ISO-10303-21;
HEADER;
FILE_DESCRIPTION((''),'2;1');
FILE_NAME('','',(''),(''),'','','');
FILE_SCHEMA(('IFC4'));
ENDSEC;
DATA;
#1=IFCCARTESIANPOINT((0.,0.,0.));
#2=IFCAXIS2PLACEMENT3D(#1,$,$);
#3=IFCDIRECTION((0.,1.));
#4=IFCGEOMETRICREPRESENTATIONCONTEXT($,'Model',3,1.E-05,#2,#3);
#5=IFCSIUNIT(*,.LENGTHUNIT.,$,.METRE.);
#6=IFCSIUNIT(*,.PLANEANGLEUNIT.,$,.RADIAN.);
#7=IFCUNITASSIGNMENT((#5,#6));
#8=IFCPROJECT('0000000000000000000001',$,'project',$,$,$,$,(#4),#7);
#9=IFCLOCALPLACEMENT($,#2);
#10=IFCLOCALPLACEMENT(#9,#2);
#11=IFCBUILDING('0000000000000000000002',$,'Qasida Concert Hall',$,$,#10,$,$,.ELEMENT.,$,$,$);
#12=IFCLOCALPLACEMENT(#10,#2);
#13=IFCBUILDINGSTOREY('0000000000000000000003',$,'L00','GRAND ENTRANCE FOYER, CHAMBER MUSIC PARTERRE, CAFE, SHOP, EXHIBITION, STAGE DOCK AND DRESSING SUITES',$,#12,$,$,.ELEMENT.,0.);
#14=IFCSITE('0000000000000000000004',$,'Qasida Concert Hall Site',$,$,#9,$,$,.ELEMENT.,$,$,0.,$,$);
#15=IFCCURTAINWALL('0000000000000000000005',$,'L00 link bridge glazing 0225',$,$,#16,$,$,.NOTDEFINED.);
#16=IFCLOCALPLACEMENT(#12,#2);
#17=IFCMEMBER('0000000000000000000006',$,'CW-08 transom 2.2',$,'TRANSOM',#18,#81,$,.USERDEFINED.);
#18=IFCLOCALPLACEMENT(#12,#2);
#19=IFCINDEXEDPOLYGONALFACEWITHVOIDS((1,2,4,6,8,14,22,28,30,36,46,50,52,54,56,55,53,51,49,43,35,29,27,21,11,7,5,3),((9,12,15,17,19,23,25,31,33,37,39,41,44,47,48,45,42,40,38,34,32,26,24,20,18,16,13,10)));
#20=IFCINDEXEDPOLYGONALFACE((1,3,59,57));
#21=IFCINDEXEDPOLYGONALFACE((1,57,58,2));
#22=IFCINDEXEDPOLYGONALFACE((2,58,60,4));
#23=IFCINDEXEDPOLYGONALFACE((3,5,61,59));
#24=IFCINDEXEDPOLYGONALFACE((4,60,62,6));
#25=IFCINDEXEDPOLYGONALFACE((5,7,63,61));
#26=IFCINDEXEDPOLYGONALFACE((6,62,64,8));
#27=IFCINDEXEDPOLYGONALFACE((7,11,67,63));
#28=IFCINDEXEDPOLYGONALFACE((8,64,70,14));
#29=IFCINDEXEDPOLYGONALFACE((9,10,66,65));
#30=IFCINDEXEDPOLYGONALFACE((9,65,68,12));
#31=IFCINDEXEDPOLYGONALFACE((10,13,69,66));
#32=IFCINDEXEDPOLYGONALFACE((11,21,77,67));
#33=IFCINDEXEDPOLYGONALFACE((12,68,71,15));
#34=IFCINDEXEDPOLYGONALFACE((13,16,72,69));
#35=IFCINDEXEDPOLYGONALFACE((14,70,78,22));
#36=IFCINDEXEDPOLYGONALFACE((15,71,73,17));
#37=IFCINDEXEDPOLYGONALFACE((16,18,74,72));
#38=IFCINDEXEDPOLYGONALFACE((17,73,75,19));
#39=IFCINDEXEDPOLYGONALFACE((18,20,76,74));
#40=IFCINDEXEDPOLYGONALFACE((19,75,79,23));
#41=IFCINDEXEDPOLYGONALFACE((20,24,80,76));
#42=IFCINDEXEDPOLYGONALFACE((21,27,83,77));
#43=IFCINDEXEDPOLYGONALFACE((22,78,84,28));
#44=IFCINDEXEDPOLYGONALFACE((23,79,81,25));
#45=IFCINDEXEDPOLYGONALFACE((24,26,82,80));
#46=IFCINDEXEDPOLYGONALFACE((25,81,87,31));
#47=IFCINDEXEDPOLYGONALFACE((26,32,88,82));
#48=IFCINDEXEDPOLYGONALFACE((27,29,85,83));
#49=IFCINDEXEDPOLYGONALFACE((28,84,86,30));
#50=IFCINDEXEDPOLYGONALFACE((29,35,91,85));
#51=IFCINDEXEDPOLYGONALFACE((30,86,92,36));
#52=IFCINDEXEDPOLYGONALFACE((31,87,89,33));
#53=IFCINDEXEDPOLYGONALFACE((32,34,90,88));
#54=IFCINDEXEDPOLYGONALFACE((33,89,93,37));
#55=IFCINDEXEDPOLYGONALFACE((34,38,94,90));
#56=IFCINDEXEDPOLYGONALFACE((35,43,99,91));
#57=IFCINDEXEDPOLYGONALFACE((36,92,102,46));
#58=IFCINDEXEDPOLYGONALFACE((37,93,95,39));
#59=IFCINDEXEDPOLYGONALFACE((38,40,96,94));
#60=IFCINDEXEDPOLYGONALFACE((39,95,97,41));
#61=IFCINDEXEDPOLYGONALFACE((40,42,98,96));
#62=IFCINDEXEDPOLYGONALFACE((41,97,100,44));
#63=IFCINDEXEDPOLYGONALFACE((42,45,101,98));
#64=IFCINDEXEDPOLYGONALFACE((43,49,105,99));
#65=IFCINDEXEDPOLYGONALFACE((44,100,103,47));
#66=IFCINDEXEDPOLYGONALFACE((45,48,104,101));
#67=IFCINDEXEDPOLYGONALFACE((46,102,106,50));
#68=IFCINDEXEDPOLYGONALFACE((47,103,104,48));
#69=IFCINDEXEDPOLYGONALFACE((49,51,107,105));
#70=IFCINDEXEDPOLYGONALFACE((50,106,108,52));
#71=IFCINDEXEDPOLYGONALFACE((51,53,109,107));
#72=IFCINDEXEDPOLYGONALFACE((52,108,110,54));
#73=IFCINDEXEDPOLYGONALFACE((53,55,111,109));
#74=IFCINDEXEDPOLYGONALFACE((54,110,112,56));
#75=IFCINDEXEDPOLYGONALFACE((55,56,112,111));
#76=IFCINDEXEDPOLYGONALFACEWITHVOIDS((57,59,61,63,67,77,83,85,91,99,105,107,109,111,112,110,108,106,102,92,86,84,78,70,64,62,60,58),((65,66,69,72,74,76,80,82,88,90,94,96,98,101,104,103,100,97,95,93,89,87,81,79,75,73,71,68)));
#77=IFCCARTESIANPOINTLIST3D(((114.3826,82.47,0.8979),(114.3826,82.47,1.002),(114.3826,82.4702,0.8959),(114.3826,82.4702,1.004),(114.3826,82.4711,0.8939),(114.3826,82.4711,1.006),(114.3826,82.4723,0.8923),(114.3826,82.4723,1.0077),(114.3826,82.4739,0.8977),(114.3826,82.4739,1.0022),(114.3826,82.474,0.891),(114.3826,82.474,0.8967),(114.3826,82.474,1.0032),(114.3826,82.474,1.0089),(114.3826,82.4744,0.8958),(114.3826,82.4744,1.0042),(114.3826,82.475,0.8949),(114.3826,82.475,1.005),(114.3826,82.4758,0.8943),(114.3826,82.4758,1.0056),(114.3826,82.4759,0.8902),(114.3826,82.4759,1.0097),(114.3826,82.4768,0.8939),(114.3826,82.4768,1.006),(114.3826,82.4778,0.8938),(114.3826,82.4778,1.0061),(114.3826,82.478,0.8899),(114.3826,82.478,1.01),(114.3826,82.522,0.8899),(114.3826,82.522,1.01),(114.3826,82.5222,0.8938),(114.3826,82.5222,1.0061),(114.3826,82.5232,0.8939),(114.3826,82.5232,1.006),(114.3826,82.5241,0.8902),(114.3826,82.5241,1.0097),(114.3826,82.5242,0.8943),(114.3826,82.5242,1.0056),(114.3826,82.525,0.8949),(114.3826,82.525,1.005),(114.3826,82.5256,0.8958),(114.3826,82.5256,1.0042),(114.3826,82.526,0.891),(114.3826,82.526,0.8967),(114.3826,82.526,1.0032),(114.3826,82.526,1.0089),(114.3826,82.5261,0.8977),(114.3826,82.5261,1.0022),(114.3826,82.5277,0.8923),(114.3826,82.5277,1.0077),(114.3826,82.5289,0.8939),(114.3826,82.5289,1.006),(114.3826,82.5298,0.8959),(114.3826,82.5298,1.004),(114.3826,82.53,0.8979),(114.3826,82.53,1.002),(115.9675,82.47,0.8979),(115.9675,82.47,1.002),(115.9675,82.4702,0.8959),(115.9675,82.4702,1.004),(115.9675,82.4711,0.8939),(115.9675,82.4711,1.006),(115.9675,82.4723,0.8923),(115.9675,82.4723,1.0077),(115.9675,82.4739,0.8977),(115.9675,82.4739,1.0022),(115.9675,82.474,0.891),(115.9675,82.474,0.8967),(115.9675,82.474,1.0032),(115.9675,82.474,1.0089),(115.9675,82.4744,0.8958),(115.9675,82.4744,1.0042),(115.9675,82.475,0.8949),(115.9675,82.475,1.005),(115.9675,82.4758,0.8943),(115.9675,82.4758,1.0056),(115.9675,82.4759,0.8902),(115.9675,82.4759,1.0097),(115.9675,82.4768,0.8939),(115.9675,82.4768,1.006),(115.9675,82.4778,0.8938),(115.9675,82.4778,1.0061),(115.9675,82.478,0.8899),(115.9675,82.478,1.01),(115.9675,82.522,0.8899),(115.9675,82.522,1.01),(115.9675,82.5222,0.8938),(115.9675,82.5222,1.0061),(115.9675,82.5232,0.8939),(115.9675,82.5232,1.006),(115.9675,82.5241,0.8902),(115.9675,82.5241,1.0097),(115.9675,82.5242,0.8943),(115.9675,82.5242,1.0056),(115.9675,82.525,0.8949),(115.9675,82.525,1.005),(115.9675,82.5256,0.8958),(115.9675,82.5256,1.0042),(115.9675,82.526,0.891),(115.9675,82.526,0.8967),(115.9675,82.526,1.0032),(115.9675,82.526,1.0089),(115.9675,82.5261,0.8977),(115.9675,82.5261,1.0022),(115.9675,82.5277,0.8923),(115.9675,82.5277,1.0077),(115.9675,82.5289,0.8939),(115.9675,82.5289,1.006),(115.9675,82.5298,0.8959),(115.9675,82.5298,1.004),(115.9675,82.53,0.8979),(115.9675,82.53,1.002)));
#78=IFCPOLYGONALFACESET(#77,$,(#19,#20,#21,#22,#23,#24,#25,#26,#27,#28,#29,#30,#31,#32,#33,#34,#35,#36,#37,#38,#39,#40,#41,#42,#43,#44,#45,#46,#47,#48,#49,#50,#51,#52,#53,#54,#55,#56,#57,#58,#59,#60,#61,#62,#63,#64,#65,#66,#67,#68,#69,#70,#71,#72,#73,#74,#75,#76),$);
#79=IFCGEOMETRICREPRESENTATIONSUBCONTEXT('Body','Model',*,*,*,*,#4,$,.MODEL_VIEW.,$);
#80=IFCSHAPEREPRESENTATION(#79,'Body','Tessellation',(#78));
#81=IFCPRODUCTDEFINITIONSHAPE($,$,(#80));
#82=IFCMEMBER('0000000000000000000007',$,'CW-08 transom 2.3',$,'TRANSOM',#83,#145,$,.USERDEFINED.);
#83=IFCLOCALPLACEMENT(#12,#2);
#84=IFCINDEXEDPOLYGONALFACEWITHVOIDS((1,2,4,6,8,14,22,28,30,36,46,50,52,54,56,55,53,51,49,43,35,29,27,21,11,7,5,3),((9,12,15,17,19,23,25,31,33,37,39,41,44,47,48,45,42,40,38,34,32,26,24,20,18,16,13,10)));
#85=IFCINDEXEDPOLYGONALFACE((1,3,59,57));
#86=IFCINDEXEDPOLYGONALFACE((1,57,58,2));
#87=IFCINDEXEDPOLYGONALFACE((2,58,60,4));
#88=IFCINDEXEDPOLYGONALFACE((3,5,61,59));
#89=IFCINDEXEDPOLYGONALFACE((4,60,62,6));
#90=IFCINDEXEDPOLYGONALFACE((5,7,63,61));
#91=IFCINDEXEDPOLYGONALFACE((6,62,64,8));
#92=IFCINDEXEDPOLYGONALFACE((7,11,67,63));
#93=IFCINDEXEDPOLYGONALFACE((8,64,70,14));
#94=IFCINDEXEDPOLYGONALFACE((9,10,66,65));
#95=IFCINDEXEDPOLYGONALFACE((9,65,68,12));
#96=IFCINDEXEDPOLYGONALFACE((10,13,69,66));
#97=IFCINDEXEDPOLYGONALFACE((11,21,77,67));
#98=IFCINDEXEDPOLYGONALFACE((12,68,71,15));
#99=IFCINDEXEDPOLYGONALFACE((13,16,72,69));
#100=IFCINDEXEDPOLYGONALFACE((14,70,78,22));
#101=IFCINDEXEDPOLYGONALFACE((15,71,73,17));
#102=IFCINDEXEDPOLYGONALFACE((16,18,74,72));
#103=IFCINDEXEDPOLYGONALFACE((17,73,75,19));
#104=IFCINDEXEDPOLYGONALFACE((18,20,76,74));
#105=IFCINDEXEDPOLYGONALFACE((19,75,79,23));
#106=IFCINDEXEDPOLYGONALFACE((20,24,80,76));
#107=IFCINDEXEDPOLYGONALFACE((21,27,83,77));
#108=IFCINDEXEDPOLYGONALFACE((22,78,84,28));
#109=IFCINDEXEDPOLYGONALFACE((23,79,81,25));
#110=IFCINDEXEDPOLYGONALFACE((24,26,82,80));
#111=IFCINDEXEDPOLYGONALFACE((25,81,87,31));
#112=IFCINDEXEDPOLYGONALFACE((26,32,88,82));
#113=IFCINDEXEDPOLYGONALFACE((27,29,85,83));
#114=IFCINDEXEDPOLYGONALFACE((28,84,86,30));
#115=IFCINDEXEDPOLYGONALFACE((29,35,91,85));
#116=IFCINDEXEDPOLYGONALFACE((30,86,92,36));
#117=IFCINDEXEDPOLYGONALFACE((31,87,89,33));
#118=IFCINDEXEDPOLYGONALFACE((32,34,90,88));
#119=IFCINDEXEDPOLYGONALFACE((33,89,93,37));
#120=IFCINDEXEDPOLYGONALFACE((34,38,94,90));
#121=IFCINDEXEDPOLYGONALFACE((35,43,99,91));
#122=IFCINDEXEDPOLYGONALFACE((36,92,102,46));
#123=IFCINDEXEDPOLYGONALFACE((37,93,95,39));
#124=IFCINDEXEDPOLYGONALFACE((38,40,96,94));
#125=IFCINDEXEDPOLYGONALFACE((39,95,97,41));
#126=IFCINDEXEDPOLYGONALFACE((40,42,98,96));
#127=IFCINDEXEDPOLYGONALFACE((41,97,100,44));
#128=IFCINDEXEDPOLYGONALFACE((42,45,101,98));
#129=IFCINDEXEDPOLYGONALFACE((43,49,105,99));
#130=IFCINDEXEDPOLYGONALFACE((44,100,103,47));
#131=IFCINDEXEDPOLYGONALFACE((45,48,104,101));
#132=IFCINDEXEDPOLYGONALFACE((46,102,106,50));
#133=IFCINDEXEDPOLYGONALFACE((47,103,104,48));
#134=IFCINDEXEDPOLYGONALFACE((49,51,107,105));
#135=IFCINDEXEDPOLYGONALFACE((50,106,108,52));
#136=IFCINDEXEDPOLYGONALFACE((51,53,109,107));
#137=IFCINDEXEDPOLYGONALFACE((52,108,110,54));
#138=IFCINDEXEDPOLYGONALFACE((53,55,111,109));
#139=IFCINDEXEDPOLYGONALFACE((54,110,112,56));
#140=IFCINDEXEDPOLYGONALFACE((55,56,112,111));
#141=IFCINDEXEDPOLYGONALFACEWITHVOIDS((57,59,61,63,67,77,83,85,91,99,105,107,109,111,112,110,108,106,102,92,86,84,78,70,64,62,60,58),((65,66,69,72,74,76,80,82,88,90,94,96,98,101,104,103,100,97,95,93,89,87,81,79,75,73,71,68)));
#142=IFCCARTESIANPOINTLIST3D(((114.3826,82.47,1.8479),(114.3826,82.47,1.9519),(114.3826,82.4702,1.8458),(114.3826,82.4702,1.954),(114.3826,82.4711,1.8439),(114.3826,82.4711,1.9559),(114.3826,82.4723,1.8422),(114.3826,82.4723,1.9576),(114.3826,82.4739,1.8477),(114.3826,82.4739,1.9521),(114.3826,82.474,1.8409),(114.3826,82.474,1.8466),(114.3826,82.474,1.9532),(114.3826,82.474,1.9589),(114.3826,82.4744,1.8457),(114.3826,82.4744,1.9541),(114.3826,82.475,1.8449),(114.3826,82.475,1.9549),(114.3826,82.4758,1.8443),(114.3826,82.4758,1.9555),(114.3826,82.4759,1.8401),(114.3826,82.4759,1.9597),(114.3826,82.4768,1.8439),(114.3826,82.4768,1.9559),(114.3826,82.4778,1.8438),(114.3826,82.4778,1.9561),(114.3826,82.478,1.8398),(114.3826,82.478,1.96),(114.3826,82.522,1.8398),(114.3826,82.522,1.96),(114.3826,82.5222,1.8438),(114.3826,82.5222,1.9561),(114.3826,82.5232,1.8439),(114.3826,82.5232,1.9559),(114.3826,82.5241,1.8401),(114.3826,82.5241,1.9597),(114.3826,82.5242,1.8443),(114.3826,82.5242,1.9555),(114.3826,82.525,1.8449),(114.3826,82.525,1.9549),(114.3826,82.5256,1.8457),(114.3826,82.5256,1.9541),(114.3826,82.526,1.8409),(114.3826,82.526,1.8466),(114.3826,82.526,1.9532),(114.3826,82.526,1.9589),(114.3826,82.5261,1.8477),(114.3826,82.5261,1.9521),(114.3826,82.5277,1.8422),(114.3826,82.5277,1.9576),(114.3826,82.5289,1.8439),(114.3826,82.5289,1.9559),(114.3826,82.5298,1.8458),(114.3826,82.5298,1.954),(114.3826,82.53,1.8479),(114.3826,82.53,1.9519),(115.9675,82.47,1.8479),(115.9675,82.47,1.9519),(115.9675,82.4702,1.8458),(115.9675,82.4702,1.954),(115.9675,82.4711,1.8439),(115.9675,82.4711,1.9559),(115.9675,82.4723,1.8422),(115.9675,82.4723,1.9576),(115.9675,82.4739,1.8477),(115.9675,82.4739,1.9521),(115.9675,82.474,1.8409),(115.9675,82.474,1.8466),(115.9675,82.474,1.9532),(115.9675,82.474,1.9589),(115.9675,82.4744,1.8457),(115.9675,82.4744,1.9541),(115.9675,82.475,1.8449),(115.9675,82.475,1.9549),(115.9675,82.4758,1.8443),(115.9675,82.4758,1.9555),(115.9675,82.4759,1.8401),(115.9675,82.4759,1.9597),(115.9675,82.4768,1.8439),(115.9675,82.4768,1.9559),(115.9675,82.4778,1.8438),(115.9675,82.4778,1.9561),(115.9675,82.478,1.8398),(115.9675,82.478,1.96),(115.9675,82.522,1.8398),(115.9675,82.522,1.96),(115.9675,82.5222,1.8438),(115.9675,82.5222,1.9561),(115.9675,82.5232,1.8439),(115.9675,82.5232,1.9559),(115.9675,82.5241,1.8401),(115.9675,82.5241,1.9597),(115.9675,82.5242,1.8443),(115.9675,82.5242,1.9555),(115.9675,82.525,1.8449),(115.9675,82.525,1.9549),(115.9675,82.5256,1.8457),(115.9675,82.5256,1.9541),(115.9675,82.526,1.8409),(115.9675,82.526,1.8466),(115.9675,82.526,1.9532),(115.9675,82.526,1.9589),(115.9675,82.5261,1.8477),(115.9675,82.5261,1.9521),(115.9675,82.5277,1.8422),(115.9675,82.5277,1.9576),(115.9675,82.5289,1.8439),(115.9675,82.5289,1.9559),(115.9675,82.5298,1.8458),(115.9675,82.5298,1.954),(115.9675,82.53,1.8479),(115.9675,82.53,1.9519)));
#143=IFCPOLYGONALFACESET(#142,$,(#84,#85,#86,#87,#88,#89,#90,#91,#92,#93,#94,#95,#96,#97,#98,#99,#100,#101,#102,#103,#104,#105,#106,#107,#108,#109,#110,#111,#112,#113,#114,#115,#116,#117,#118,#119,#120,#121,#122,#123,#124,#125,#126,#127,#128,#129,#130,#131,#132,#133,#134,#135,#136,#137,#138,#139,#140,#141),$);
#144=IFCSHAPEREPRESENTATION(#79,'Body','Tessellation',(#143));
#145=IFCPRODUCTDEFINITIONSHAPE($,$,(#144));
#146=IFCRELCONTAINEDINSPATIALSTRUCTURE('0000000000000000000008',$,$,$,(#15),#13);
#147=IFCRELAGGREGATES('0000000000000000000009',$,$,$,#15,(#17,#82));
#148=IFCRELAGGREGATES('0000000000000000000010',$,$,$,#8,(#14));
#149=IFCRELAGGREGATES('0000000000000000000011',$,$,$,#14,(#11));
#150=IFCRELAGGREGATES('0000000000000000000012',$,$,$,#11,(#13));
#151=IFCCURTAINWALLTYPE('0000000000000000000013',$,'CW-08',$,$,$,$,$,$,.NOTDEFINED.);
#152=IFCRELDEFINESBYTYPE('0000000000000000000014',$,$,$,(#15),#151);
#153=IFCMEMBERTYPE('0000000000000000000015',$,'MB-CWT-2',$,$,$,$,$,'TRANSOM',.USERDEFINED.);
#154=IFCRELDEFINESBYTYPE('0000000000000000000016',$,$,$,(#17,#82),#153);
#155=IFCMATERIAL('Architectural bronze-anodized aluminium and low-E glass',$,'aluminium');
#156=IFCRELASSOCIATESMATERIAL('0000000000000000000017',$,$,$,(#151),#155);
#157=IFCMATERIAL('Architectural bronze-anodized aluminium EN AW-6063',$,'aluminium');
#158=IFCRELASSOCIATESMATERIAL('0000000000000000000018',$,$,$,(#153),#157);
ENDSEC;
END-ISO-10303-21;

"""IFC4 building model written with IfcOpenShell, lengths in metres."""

from ifc_helpers import new_model, si_unit, direction, frame, origin, origin_2d, place, context, subcontext, project, spatial, hollow_rectangle, extrude, material, material_profile, profile_set, type_object, element, aggregate, save


model = new_model("IFC4")

# Units and contexts
model_context = context("Model", 3, precision=1e-05, world=origin(), true_north=direction((0.0, 1.0)))
body_context = subcontext(model_context, "Body", "Model", "MODEL_VIEW")
ifc_project = project(units=[si_unit("LENGTHUNIT", "METRE"), si_unit("PLANEANGLEUNIT", "RADIAN")], contexts=[model_context])

# Site, building, storey
site_placement = place(None, origin())
site = spatial("IfcSite", under=ifc_project, at=site_placement, Name="Qasida Concert Hall Site", CompositionType="ELEMENT", RefElevation=0.0)
building_placement = place(site_placement, origin())
building = spatial("IfcBuilding", under=site, at=building_placement, Name="Qasida Concert Hall", CompositionType="ELEMENT")
storey_placement = place(building_placement, origin())
storey = spatial("IfcBuildingStorey", under=building, at=storey_placement, Name="L00", Description="GRAND ENTRANCE FOYER, CHAMBER MUSIC PARTERRE, CAFE, SHOP, EXHIBITION, STAGE DOCK AND DRESSING SUITES", CompositionType="ELEMENT", Elevation=0.0)

# Curtain wall, members
ifc_material_1 = material(Name="Architectural bronze-anodized aluminium and low-E glass", Category="aluminium")
curtain_wall_type = type_object("IfcCurtainWallType", Name="CW-08", PredefinedType="NOTDEFINED", material=ifc_material_1)
curtain_wall_placement = place(storey_placement, origin())
curtain_wall = element("IfcCurtainWall", 1, at=curtain_wall_placement, inside=storey, type_object=curtain_wall_type, Name="L00 link bridge glazing 0225", PredefinedType="NOTDEFINED")
ifc_material_2 = material(Name="Architectural bronze-anodized aluminium EN AW-6063", Category="aluminium")
ifc_material_profile_1 = material_profile(ifc_material_2, hollow_rectangle(XDim=0.0601, YDim=0.1201, WallThickness=0.0039, InnerFilletRadius=0.0039, OuterFilletRadius=0.0081, at=origin_2d()), Name="CWT 120x60x4")
ifc_profile_set_1 = profile_set([ifc_material_profile_1], Name="Architectural bronze-anodized aluminium EN AW-6063")
member_type_1 = type_object("IfcMemberType", Name="MB-CWT-2", ElementType="TRANSOM", PredefinedType="USERDEFINED", material=ifc_profile_set_1)
member_1_placement = place(storey_placement, frame((114.3826, 82.5, 0.95), z_axis=(1.0, 0.0, 0.0), x_axis=(0.0, 1.0, 0.0)))
member_1 = element("IfcMember", 2, at=member_1_placement, type_object=member_type_1, Name="CW-08 transom 2.2", ObjectType="TRANSOM", PredefinedType="USERDEFINED", context=body_context, shape_type="SweptSolid", body=[
    extrude(hollow_rectangle(XDim=0.0601, YDim=0.1201, WallThickness=0.0039, InnerFilletRadius=0.0039, OuterFilletRadius=0.0081, at=origin_2d()), origin(), (0.0, 0.0, 1.0), 1.585),
])
member_2_placement = place(storey_placement, frame((114.3826, 82.5, 1.8999), z_axis=(1.0, 0.0, 0.0), x_axis=(0.0, 1.0, 0.0)))
member_2 = element("IfcMember", 3, at=member_2_placement, type_object=member_type_1, Name="CW-08 transom 2.3", ObjectType="TRANSOM", PredefinedType="USERDEFINED", context=body_context, shape_type="SweptSolid", body=[
    extrude(hollow_rectangle(XDim=0.0601, YDim=0.1201, WallThickness=0.0039, InnerFilletRadius=0.0039, OuterFilletRadius=0.0081, at=origin_2d()), origin(), (0.0, 0.0, 1.0), 1.585),
])
aggregate(curtain_wall, [member_1, member_2])

save(model, "model.ifc")
